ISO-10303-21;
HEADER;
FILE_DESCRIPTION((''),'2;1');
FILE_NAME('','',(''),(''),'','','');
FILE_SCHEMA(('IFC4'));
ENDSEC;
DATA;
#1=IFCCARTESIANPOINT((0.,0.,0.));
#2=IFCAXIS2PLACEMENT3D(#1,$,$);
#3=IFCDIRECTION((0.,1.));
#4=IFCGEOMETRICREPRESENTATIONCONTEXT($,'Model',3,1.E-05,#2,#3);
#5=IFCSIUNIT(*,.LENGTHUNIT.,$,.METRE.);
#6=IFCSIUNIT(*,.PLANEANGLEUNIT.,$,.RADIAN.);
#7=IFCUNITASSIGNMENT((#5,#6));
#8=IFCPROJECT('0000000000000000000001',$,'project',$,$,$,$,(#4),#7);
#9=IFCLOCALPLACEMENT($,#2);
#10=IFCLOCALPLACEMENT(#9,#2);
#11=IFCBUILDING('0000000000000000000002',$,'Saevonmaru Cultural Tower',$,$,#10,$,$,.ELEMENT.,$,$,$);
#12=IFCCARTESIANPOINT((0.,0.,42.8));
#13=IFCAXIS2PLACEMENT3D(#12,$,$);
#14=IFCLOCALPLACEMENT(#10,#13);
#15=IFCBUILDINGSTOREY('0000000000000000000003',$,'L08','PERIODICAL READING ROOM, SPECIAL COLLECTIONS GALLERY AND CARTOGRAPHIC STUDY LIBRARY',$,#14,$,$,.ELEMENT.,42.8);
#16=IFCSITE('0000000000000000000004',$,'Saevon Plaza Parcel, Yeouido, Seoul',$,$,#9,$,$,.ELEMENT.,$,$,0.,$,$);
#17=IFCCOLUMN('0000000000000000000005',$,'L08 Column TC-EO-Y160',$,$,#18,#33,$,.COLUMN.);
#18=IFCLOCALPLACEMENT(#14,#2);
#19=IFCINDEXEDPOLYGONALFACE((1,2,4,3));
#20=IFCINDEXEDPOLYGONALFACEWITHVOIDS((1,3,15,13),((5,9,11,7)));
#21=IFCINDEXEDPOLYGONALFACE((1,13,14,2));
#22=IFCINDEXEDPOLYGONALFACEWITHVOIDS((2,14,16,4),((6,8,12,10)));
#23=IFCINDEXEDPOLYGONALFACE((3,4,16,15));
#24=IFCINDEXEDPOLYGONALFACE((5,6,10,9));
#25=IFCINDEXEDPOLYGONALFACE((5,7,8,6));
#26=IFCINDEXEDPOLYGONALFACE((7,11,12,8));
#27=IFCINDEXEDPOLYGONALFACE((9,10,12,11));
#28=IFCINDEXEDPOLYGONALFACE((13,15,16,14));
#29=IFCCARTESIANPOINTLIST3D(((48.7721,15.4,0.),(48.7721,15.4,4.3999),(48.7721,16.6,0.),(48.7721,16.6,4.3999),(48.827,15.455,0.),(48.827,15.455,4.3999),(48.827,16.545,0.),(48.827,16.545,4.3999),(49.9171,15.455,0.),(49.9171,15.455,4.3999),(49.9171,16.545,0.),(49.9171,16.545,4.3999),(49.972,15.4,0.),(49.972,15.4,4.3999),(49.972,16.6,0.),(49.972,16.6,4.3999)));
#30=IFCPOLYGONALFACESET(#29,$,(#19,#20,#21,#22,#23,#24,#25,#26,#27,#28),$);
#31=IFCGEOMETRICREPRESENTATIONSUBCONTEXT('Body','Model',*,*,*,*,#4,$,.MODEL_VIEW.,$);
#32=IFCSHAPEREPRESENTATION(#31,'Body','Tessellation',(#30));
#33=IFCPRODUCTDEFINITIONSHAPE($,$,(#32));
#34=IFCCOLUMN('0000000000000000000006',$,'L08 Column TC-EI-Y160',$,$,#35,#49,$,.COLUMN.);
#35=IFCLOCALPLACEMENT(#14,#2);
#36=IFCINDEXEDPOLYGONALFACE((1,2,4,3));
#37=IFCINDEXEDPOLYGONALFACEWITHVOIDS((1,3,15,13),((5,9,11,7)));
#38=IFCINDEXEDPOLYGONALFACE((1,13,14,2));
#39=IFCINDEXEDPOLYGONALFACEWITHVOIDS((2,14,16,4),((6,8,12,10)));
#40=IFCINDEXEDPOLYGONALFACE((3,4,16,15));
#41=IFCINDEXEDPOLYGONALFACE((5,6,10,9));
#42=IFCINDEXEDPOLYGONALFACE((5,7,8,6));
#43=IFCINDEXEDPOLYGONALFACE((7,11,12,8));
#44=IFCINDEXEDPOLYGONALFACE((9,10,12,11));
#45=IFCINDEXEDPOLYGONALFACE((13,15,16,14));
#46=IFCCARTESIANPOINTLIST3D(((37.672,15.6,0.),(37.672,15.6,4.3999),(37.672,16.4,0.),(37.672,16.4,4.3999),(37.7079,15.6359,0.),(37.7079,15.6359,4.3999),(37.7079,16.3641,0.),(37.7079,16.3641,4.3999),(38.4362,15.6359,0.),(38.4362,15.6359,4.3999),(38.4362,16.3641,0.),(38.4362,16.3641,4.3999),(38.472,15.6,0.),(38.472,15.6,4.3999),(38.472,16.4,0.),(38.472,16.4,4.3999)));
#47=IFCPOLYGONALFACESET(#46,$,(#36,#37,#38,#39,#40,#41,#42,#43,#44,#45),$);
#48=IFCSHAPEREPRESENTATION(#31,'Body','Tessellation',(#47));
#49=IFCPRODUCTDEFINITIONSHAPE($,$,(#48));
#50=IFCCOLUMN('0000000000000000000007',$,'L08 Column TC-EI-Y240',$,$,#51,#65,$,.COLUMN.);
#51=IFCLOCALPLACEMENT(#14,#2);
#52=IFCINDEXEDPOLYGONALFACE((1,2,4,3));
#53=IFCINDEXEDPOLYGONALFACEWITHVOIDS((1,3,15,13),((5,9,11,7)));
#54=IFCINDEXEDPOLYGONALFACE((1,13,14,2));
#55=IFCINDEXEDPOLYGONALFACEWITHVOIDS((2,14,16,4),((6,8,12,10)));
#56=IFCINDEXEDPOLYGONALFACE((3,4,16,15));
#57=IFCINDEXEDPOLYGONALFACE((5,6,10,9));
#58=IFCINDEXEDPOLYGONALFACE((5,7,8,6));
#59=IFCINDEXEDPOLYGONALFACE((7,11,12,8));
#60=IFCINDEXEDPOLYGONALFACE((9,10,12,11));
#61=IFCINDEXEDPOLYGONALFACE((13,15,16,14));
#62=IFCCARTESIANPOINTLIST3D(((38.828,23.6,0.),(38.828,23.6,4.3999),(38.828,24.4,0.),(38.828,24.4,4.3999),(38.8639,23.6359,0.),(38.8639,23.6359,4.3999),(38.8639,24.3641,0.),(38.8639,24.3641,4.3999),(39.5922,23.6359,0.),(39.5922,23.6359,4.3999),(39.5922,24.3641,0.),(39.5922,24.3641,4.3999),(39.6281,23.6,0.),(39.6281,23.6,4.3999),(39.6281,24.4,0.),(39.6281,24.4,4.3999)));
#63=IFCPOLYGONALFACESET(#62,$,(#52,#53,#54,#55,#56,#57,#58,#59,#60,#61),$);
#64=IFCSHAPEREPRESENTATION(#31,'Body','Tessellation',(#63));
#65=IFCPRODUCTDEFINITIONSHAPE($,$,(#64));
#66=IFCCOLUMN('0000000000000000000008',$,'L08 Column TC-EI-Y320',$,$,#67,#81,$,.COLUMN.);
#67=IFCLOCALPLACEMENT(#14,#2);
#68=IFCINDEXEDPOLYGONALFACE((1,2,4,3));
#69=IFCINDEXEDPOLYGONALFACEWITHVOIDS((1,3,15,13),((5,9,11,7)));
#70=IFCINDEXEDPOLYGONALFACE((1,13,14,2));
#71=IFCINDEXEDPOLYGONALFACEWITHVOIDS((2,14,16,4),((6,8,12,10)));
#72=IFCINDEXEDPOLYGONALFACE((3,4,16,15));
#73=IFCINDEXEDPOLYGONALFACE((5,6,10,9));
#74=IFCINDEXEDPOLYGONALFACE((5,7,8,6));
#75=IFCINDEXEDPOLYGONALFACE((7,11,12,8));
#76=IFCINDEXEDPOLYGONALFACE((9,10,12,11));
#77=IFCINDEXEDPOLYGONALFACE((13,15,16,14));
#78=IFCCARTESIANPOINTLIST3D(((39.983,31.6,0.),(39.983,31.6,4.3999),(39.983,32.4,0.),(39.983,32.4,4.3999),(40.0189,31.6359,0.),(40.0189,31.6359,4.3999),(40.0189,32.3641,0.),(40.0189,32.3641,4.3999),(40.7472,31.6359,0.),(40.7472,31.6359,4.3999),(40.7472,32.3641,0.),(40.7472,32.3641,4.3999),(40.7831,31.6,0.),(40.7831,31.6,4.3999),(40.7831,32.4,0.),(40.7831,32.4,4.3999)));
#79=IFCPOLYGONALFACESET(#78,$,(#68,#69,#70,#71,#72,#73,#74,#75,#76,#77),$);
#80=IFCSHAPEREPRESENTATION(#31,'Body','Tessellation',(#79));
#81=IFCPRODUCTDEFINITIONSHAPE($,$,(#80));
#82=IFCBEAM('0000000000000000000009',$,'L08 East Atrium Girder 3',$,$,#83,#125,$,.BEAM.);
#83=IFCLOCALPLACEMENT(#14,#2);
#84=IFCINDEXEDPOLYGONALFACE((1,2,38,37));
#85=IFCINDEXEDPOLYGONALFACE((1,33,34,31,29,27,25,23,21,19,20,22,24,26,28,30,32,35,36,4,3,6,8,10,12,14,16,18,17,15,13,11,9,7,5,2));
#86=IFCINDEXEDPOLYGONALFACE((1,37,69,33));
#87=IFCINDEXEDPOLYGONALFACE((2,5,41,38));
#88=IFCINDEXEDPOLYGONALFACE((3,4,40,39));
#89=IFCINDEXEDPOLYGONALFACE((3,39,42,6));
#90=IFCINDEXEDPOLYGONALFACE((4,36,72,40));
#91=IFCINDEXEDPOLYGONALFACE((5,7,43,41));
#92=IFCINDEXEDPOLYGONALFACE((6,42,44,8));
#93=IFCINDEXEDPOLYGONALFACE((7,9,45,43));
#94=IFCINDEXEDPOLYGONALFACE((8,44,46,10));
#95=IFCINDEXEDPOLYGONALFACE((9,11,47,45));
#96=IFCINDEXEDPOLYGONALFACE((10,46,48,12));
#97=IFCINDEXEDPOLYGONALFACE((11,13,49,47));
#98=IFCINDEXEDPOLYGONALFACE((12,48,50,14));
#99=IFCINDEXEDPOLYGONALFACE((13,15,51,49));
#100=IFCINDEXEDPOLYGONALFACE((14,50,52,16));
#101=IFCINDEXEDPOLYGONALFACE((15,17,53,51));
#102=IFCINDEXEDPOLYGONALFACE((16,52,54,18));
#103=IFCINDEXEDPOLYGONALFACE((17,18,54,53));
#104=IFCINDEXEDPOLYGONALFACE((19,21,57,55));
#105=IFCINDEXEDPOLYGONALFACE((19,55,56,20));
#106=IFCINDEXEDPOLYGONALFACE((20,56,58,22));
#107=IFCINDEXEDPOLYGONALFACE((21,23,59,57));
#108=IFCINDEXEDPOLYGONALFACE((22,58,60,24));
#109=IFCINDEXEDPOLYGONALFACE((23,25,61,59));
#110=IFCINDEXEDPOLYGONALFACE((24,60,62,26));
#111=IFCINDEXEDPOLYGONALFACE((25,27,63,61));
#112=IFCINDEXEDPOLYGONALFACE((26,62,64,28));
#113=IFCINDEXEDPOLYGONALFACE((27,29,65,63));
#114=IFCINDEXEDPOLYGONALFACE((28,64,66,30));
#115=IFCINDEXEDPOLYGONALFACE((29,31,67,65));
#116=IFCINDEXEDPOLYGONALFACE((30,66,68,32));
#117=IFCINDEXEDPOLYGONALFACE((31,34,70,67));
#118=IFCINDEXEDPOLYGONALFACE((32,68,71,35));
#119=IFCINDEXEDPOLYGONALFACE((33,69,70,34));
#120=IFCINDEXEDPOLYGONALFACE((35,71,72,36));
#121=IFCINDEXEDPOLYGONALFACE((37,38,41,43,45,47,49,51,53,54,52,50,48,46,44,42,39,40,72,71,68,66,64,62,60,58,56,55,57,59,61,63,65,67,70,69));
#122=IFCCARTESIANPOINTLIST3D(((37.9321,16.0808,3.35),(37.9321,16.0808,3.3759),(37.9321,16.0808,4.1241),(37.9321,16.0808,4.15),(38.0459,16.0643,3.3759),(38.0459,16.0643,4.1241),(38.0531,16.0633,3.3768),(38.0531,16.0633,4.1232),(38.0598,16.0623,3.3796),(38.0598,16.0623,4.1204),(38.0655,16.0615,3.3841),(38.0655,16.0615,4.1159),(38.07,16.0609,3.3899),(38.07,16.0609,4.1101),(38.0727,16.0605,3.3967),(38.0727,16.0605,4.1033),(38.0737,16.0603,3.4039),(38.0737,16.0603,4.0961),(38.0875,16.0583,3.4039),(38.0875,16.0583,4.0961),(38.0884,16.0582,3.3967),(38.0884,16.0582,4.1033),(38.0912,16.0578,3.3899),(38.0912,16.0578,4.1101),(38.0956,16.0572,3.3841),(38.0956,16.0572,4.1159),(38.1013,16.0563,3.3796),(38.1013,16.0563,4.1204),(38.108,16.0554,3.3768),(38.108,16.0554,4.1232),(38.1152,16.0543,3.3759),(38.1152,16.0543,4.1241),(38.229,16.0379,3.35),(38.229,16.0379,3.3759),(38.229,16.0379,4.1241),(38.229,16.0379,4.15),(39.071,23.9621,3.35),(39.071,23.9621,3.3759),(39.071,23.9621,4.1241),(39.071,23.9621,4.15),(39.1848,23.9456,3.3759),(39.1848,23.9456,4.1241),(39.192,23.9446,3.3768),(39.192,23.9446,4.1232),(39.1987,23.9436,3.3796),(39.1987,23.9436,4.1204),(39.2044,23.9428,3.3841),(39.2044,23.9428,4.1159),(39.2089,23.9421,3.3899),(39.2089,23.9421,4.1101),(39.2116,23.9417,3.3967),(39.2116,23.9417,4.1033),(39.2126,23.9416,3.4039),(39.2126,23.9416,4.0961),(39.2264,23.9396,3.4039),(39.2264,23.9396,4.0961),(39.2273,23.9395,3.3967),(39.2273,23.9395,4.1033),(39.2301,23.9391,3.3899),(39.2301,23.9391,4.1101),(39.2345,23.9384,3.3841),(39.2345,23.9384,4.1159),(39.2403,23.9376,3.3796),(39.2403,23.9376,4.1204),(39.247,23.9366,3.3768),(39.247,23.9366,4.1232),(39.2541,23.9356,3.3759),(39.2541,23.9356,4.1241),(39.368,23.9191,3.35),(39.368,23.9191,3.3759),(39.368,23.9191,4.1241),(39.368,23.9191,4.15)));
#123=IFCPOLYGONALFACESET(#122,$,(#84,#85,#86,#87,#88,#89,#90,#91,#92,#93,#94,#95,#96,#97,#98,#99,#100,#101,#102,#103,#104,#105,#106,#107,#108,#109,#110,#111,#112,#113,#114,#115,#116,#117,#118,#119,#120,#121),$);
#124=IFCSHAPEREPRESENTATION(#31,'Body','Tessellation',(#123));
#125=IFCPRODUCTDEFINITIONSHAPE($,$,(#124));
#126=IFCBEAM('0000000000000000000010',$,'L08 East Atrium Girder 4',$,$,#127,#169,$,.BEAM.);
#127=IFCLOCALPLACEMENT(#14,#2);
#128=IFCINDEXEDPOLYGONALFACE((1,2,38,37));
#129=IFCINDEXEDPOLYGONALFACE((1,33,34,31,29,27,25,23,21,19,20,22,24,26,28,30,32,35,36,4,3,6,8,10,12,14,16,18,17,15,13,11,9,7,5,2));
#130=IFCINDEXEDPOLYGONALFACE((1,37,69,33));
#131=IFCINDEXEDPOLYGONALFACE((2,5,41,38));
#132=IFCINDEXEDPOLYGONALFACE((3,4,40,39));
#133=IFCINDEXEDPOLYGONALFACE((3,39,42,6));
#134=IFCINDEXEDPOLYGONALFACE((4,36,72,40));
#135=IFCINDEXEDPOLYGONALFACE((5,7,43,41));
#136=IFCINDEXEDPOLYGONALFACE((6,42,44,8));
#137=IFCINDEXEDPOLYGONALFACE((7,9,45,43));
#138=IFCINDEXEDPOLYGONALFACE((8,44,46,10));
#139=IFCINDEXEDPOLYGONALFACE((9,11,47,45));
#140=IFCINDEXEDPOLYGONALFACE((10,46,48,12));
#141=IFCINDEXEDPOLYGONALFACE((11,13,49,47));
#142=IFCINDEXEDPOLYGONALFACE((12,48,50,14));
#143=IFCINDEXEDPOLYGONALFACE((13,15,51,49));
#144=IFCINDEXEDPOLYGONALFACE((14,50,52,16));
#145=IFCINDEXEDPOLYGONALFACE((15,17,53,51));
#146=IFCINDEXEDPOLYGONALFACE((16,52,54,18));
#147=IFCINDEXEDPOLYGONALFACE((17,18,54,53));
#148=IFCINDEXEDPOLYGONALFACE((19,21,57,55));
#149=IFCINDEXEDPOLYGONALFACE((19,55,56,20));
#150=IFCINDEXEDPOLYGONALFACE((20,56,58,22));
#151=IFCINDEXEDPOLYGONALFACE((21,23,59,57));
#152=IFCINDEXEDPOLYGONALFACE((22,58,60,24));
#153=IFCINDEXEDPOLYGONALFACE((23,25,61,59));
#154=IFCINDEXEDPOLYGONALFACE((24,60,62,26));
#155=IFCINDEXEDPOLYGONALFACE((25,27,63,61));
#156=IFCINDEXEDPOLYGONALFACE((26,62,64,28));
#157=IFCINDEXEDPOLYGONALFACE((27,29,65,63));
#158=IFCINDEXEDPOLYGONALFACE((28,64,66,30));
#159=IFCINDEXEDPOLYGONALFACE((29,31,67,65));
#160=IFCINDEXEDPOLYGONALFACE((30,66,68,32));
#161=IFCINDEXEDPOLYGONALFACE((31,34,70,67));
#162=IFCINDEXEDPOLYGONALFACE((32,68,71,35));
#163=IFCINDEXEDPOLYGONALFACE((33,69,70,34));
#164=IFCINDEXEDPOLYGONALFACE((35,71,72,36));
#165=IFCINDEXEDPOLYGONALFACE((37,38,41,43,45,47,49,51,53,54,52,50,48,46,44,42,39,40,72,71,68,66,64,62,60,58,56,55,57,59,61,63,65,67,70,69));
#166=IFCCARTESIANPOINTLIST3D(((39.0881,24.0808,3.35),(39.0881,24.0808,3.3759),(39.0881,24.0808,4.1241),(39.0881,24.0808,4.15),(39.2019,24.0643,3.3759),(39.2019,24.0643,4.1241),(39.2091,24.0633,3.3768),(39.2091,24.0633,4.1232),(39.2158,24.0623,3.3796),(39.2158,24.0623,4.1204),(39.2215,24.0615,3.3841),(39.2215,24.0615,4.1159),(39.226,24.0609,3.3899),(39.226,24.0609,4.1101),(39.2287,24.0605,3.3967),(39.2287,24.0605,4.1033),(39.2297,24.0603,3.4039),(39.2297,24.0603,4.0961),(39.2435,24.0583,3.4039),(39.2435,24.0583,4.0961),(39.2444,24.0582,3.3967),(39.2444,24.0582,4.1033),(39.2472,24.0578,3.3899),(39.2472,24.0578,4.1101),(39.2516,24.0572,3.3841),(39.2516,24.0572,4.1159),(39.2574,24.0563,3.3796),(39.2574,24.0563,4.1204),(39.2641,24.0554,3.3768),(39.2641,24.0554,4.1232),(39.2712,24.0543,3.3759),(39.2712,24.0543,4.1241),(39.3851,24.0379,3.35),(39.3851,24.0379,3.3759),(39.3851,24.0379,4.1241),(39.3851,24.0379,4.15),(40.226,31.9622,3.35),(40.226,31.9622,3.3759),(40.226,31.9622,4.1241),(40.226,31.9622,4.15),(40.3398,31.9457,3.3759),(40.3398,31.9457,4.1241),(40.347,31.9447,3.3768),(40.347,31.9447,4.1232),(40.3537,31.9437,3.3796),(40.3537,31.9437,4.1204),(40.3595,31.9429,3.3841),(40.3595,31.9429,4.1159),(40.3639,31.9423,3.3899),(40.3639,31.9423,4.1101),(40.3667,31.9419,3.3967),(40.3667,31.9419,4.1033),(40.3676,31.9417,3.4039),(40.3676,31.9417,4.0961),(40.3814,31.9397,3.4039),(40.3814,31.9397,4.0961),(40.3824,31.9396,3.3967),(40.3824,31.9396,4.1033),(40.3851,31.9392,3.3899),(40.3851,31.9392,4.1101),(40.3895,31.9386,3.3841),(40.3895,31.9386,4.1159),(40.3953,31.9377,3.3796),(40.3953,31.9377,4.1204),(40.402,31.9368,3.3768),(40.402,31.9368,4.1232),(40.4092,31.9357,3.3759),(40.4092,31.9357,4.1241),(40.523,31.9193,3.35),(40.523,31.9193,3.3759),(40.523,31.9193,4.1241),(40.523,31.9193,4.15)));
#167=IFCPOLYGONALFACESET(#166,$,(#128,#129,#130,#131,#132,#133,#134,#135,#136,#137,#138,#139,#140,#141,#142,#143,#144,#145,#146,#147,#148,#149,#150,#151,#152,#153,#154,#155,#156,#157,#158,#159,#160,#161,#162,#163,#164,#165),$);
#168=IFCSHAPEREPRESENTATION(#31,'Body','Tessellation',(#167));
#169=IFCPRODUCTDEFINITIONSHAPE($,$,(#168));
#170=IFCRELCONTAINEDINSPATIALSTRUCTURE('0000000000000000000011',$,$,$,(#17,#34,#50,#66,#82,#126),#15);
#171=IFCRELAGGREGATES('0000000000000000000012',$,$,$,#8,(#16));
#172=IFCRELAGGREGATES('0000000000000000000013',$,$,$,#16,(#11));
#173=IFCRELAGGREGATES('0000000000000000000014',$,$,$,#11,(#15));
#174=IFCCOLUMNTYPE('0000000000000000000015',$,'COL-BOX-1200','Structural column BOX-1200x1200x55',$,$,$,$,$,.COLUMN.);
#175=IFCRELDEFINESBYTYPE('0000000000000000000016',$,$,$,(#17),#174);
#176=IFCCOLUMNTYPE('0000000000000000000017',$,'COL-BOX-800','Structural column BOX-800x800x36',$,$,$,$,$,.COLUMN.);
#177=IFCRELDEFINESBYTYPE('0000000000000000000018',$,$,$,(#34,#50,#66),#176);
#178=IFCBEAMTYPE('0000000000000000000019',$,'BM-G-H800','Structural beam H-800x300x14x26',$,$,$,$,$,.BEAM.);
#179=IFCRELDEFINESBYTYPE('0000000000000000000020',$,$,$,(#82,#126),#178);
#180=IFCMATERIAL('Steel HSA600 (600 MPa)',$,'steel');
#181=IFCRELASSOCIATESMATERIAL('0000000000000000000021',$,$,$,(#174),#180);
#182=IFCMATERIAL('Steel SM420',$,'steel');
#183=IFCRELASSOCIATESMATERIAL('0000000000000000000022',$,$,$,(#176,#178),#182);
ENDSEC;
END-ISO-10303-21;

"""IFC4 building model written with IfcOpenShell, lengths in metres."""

from ifc_helpers import new_model, si_unit, direction, frame, origin, origin_2d, place, context, subcontext, project, spatial, hollow_rectangle, i_section, extrude, material, material_profile, profile_set, type_object, element, save


model = new_model("IFC4")

# Units and contexts
model_context = context("Model", 3, precision=1e-05, world=origin(), true_north=direction((0.0, 1.0)))
body_context = subcontext(model_context, "Body", "Model", "MODEL_VIEW")
ifc_project = project(units=[si_unit("LENGTHUNIT", "METRE"), si_unit("PLANEANGLEUNIT", "RADIAN")], contexts=[model_context])

# Site, building, storey
site_placement = place(None, origin())
site = spatial("IfcSite", under=ifc_project, at=site_placement, Name="Saevon Plaza Parcel, Yeouido, Seoul", CompositionType="ELEMENT", RefElevation=0.0)
building_placement = place(site_placement, origin())
building = spatial("IfcBuilding", under=site, at=building_placement, Name="Saevonmaru Cultural Tower", CompositionType="ELEMENT")
storey_placement = place(building_placement, frame((0.0, 0.0, 42.8)))
storey = spatial("IfcBuildingStorey", under=building, at=storey_placement, Name="L08", Description="PERIODICAL READING ROOM, SPECIAL COLLECTIONS GALLERY AND CARTOGRAPHIC STUDY LIBRARY", CompositionType="ELEMENT", Elevation=42.8)

# Columns
ifc_material_1 = material(Name="Steel HSA600 (600 MPa)", Category="steel")
ifc_material_profile_1 = material_profile(ifc_material_1, hollow_rectangle(XDim=1.2, YDim=1.2, WallThickness=0.0549, at=origin_2d()), Name="BOX-1200x1200x55")
ifc_profile_set_1 = profile_set([ifc_material_profile_1], Name="Steel HSA600 (600 MPa)")
column_type_1 = type_object("IfcColumnType", Name="COL-BOX-1200", Description="Structural column BOX-1200x1200x55", PredefinedType="COLUMN", material=ifc_profile_set_1)
column_placement = place(storey_placement, frame((49.3721, 16.0, 0.0), z_axis=(0.0, 0.0, 1.0), x_axis=(1.0, 0.0, 0.0)))
element("IfcColumn", 1, at=column_placement, inside=storey, type_object=column_type_1, Name="L08 Column TC-EO-Y160", PredefinedType="COLUMN", context=body_context, shape_type="SweptSolid", body=[
    extrude(hollow_rectangle(XDim=1.2, YDim=1.2, WallThickness=0.0549, at=origin_2d()), origin(), (0.0, 0.0, 1.0), 4.3999),
])
ifc_material_2 = material(Name="Steel SM420", Category="steel")
ifc_material_profile_2 = material_profile(ifc_material_2, hollow_rectangle(XDim=0.8, YDim=0.8, WallThickness=0.0359, at=origin_2d()), Name="BOX-800x800x36")
ifc_profile_set_2 = profile_set([ifc_material_profile_2], Name="Steel SM420")
column_type_2 = type_object("IfcColumnType", Name="COL-BOX-800", Description="Structural column BOX-800x800x36", PredefinedType="COLUMN", material=ifc_profile_set_2)
for number, where, z_axis, x_axis, name in (
    (2, (38.072, 16.0, 0.0), (0.0, 0.0, 1.0), (1.0, 0.0, 0.0), "L08 Column TC-EI-Y160"),
    (3, (39.228, 24.0, 0.0), (0.0, 0.0, 1.0), (1.0, 0.0, 0.0), "L08 Column TC-EI-Y240"),
    (4, (40.3831, 32.0, 0.0), (0.0, 0.0, 1.0), (1.0, 0.0, 0.0), "L08 Column TC-EI-Y320"),
):
    element("IfcColumn", number, at=place(storey_placement, frame(where, z_axis=z_axis, x_axis=x_axis)), inside=storey, type_object=column_type_2, Name=name, PredefinedType="COLUMN", context=body_context, shape_type="SweptSolid", body=[
        extrude(hollow_rectangle(XDim=0.8, YDim=0.8, WallThickness=0.0359, at=origin_2d()), origin(), (0.0, 0.0, 1.0), 4.3999),
    ])

# Beams
ifc_material_profile_3 = material_profile(ifc_material_2, i_section(OverallWidth=0.3, OverallDepth=0.8, WebThickness=0.0139, FlangeThickness=0.0259, FilletRadius=0.0281, at=origin_2d()), Name="H-800x300x14x26")
ifc_profile_set_3 = profile_set([ifc_material_profile_3], Name="Steel SM420")
beam_type_1 = type_object("IfcBeamType", Name="BM-G-H800", Description="Structural beam H-800x300x14x26", PredefinedType="BEAM", material=ifc_profile_set_3)
for number, where, z_axis, x_axis, name in (
    (5, (38.0806, 16.0593, 3.75), (0.143022, 0.989719, 0.0), (-0.989719, 0.143022, 0.0), "L08 East Atrium Girder 3"),
    (6, (39.2366, 24.0593, 3.75), (0.142902, 0.989737, 0.0), (-0.989737, 0.142902, 0.0), "L08 East Atrium Girder 4"),
):
    element("IfcBeam", number, at=place(storey_placement, frame(where, z_axis=z_axis, x_axis=x_axis)), inside=storey, type_object=beam_type_1, Name=name, PredefinedType="BEAM", context=body_context, shape_type="SweptSolid", body=[
        extrude(i_section(OverallWidth=0.3, OverallDepth=0.8, WebThickness=0.0139, FlangeThickness=0.0259, FilletRadius=0.0281, at=origin_2d()), origin(), (0.0, 0.0, 1.0), 7.9631),
    ])

save(model, "model.ifc")
